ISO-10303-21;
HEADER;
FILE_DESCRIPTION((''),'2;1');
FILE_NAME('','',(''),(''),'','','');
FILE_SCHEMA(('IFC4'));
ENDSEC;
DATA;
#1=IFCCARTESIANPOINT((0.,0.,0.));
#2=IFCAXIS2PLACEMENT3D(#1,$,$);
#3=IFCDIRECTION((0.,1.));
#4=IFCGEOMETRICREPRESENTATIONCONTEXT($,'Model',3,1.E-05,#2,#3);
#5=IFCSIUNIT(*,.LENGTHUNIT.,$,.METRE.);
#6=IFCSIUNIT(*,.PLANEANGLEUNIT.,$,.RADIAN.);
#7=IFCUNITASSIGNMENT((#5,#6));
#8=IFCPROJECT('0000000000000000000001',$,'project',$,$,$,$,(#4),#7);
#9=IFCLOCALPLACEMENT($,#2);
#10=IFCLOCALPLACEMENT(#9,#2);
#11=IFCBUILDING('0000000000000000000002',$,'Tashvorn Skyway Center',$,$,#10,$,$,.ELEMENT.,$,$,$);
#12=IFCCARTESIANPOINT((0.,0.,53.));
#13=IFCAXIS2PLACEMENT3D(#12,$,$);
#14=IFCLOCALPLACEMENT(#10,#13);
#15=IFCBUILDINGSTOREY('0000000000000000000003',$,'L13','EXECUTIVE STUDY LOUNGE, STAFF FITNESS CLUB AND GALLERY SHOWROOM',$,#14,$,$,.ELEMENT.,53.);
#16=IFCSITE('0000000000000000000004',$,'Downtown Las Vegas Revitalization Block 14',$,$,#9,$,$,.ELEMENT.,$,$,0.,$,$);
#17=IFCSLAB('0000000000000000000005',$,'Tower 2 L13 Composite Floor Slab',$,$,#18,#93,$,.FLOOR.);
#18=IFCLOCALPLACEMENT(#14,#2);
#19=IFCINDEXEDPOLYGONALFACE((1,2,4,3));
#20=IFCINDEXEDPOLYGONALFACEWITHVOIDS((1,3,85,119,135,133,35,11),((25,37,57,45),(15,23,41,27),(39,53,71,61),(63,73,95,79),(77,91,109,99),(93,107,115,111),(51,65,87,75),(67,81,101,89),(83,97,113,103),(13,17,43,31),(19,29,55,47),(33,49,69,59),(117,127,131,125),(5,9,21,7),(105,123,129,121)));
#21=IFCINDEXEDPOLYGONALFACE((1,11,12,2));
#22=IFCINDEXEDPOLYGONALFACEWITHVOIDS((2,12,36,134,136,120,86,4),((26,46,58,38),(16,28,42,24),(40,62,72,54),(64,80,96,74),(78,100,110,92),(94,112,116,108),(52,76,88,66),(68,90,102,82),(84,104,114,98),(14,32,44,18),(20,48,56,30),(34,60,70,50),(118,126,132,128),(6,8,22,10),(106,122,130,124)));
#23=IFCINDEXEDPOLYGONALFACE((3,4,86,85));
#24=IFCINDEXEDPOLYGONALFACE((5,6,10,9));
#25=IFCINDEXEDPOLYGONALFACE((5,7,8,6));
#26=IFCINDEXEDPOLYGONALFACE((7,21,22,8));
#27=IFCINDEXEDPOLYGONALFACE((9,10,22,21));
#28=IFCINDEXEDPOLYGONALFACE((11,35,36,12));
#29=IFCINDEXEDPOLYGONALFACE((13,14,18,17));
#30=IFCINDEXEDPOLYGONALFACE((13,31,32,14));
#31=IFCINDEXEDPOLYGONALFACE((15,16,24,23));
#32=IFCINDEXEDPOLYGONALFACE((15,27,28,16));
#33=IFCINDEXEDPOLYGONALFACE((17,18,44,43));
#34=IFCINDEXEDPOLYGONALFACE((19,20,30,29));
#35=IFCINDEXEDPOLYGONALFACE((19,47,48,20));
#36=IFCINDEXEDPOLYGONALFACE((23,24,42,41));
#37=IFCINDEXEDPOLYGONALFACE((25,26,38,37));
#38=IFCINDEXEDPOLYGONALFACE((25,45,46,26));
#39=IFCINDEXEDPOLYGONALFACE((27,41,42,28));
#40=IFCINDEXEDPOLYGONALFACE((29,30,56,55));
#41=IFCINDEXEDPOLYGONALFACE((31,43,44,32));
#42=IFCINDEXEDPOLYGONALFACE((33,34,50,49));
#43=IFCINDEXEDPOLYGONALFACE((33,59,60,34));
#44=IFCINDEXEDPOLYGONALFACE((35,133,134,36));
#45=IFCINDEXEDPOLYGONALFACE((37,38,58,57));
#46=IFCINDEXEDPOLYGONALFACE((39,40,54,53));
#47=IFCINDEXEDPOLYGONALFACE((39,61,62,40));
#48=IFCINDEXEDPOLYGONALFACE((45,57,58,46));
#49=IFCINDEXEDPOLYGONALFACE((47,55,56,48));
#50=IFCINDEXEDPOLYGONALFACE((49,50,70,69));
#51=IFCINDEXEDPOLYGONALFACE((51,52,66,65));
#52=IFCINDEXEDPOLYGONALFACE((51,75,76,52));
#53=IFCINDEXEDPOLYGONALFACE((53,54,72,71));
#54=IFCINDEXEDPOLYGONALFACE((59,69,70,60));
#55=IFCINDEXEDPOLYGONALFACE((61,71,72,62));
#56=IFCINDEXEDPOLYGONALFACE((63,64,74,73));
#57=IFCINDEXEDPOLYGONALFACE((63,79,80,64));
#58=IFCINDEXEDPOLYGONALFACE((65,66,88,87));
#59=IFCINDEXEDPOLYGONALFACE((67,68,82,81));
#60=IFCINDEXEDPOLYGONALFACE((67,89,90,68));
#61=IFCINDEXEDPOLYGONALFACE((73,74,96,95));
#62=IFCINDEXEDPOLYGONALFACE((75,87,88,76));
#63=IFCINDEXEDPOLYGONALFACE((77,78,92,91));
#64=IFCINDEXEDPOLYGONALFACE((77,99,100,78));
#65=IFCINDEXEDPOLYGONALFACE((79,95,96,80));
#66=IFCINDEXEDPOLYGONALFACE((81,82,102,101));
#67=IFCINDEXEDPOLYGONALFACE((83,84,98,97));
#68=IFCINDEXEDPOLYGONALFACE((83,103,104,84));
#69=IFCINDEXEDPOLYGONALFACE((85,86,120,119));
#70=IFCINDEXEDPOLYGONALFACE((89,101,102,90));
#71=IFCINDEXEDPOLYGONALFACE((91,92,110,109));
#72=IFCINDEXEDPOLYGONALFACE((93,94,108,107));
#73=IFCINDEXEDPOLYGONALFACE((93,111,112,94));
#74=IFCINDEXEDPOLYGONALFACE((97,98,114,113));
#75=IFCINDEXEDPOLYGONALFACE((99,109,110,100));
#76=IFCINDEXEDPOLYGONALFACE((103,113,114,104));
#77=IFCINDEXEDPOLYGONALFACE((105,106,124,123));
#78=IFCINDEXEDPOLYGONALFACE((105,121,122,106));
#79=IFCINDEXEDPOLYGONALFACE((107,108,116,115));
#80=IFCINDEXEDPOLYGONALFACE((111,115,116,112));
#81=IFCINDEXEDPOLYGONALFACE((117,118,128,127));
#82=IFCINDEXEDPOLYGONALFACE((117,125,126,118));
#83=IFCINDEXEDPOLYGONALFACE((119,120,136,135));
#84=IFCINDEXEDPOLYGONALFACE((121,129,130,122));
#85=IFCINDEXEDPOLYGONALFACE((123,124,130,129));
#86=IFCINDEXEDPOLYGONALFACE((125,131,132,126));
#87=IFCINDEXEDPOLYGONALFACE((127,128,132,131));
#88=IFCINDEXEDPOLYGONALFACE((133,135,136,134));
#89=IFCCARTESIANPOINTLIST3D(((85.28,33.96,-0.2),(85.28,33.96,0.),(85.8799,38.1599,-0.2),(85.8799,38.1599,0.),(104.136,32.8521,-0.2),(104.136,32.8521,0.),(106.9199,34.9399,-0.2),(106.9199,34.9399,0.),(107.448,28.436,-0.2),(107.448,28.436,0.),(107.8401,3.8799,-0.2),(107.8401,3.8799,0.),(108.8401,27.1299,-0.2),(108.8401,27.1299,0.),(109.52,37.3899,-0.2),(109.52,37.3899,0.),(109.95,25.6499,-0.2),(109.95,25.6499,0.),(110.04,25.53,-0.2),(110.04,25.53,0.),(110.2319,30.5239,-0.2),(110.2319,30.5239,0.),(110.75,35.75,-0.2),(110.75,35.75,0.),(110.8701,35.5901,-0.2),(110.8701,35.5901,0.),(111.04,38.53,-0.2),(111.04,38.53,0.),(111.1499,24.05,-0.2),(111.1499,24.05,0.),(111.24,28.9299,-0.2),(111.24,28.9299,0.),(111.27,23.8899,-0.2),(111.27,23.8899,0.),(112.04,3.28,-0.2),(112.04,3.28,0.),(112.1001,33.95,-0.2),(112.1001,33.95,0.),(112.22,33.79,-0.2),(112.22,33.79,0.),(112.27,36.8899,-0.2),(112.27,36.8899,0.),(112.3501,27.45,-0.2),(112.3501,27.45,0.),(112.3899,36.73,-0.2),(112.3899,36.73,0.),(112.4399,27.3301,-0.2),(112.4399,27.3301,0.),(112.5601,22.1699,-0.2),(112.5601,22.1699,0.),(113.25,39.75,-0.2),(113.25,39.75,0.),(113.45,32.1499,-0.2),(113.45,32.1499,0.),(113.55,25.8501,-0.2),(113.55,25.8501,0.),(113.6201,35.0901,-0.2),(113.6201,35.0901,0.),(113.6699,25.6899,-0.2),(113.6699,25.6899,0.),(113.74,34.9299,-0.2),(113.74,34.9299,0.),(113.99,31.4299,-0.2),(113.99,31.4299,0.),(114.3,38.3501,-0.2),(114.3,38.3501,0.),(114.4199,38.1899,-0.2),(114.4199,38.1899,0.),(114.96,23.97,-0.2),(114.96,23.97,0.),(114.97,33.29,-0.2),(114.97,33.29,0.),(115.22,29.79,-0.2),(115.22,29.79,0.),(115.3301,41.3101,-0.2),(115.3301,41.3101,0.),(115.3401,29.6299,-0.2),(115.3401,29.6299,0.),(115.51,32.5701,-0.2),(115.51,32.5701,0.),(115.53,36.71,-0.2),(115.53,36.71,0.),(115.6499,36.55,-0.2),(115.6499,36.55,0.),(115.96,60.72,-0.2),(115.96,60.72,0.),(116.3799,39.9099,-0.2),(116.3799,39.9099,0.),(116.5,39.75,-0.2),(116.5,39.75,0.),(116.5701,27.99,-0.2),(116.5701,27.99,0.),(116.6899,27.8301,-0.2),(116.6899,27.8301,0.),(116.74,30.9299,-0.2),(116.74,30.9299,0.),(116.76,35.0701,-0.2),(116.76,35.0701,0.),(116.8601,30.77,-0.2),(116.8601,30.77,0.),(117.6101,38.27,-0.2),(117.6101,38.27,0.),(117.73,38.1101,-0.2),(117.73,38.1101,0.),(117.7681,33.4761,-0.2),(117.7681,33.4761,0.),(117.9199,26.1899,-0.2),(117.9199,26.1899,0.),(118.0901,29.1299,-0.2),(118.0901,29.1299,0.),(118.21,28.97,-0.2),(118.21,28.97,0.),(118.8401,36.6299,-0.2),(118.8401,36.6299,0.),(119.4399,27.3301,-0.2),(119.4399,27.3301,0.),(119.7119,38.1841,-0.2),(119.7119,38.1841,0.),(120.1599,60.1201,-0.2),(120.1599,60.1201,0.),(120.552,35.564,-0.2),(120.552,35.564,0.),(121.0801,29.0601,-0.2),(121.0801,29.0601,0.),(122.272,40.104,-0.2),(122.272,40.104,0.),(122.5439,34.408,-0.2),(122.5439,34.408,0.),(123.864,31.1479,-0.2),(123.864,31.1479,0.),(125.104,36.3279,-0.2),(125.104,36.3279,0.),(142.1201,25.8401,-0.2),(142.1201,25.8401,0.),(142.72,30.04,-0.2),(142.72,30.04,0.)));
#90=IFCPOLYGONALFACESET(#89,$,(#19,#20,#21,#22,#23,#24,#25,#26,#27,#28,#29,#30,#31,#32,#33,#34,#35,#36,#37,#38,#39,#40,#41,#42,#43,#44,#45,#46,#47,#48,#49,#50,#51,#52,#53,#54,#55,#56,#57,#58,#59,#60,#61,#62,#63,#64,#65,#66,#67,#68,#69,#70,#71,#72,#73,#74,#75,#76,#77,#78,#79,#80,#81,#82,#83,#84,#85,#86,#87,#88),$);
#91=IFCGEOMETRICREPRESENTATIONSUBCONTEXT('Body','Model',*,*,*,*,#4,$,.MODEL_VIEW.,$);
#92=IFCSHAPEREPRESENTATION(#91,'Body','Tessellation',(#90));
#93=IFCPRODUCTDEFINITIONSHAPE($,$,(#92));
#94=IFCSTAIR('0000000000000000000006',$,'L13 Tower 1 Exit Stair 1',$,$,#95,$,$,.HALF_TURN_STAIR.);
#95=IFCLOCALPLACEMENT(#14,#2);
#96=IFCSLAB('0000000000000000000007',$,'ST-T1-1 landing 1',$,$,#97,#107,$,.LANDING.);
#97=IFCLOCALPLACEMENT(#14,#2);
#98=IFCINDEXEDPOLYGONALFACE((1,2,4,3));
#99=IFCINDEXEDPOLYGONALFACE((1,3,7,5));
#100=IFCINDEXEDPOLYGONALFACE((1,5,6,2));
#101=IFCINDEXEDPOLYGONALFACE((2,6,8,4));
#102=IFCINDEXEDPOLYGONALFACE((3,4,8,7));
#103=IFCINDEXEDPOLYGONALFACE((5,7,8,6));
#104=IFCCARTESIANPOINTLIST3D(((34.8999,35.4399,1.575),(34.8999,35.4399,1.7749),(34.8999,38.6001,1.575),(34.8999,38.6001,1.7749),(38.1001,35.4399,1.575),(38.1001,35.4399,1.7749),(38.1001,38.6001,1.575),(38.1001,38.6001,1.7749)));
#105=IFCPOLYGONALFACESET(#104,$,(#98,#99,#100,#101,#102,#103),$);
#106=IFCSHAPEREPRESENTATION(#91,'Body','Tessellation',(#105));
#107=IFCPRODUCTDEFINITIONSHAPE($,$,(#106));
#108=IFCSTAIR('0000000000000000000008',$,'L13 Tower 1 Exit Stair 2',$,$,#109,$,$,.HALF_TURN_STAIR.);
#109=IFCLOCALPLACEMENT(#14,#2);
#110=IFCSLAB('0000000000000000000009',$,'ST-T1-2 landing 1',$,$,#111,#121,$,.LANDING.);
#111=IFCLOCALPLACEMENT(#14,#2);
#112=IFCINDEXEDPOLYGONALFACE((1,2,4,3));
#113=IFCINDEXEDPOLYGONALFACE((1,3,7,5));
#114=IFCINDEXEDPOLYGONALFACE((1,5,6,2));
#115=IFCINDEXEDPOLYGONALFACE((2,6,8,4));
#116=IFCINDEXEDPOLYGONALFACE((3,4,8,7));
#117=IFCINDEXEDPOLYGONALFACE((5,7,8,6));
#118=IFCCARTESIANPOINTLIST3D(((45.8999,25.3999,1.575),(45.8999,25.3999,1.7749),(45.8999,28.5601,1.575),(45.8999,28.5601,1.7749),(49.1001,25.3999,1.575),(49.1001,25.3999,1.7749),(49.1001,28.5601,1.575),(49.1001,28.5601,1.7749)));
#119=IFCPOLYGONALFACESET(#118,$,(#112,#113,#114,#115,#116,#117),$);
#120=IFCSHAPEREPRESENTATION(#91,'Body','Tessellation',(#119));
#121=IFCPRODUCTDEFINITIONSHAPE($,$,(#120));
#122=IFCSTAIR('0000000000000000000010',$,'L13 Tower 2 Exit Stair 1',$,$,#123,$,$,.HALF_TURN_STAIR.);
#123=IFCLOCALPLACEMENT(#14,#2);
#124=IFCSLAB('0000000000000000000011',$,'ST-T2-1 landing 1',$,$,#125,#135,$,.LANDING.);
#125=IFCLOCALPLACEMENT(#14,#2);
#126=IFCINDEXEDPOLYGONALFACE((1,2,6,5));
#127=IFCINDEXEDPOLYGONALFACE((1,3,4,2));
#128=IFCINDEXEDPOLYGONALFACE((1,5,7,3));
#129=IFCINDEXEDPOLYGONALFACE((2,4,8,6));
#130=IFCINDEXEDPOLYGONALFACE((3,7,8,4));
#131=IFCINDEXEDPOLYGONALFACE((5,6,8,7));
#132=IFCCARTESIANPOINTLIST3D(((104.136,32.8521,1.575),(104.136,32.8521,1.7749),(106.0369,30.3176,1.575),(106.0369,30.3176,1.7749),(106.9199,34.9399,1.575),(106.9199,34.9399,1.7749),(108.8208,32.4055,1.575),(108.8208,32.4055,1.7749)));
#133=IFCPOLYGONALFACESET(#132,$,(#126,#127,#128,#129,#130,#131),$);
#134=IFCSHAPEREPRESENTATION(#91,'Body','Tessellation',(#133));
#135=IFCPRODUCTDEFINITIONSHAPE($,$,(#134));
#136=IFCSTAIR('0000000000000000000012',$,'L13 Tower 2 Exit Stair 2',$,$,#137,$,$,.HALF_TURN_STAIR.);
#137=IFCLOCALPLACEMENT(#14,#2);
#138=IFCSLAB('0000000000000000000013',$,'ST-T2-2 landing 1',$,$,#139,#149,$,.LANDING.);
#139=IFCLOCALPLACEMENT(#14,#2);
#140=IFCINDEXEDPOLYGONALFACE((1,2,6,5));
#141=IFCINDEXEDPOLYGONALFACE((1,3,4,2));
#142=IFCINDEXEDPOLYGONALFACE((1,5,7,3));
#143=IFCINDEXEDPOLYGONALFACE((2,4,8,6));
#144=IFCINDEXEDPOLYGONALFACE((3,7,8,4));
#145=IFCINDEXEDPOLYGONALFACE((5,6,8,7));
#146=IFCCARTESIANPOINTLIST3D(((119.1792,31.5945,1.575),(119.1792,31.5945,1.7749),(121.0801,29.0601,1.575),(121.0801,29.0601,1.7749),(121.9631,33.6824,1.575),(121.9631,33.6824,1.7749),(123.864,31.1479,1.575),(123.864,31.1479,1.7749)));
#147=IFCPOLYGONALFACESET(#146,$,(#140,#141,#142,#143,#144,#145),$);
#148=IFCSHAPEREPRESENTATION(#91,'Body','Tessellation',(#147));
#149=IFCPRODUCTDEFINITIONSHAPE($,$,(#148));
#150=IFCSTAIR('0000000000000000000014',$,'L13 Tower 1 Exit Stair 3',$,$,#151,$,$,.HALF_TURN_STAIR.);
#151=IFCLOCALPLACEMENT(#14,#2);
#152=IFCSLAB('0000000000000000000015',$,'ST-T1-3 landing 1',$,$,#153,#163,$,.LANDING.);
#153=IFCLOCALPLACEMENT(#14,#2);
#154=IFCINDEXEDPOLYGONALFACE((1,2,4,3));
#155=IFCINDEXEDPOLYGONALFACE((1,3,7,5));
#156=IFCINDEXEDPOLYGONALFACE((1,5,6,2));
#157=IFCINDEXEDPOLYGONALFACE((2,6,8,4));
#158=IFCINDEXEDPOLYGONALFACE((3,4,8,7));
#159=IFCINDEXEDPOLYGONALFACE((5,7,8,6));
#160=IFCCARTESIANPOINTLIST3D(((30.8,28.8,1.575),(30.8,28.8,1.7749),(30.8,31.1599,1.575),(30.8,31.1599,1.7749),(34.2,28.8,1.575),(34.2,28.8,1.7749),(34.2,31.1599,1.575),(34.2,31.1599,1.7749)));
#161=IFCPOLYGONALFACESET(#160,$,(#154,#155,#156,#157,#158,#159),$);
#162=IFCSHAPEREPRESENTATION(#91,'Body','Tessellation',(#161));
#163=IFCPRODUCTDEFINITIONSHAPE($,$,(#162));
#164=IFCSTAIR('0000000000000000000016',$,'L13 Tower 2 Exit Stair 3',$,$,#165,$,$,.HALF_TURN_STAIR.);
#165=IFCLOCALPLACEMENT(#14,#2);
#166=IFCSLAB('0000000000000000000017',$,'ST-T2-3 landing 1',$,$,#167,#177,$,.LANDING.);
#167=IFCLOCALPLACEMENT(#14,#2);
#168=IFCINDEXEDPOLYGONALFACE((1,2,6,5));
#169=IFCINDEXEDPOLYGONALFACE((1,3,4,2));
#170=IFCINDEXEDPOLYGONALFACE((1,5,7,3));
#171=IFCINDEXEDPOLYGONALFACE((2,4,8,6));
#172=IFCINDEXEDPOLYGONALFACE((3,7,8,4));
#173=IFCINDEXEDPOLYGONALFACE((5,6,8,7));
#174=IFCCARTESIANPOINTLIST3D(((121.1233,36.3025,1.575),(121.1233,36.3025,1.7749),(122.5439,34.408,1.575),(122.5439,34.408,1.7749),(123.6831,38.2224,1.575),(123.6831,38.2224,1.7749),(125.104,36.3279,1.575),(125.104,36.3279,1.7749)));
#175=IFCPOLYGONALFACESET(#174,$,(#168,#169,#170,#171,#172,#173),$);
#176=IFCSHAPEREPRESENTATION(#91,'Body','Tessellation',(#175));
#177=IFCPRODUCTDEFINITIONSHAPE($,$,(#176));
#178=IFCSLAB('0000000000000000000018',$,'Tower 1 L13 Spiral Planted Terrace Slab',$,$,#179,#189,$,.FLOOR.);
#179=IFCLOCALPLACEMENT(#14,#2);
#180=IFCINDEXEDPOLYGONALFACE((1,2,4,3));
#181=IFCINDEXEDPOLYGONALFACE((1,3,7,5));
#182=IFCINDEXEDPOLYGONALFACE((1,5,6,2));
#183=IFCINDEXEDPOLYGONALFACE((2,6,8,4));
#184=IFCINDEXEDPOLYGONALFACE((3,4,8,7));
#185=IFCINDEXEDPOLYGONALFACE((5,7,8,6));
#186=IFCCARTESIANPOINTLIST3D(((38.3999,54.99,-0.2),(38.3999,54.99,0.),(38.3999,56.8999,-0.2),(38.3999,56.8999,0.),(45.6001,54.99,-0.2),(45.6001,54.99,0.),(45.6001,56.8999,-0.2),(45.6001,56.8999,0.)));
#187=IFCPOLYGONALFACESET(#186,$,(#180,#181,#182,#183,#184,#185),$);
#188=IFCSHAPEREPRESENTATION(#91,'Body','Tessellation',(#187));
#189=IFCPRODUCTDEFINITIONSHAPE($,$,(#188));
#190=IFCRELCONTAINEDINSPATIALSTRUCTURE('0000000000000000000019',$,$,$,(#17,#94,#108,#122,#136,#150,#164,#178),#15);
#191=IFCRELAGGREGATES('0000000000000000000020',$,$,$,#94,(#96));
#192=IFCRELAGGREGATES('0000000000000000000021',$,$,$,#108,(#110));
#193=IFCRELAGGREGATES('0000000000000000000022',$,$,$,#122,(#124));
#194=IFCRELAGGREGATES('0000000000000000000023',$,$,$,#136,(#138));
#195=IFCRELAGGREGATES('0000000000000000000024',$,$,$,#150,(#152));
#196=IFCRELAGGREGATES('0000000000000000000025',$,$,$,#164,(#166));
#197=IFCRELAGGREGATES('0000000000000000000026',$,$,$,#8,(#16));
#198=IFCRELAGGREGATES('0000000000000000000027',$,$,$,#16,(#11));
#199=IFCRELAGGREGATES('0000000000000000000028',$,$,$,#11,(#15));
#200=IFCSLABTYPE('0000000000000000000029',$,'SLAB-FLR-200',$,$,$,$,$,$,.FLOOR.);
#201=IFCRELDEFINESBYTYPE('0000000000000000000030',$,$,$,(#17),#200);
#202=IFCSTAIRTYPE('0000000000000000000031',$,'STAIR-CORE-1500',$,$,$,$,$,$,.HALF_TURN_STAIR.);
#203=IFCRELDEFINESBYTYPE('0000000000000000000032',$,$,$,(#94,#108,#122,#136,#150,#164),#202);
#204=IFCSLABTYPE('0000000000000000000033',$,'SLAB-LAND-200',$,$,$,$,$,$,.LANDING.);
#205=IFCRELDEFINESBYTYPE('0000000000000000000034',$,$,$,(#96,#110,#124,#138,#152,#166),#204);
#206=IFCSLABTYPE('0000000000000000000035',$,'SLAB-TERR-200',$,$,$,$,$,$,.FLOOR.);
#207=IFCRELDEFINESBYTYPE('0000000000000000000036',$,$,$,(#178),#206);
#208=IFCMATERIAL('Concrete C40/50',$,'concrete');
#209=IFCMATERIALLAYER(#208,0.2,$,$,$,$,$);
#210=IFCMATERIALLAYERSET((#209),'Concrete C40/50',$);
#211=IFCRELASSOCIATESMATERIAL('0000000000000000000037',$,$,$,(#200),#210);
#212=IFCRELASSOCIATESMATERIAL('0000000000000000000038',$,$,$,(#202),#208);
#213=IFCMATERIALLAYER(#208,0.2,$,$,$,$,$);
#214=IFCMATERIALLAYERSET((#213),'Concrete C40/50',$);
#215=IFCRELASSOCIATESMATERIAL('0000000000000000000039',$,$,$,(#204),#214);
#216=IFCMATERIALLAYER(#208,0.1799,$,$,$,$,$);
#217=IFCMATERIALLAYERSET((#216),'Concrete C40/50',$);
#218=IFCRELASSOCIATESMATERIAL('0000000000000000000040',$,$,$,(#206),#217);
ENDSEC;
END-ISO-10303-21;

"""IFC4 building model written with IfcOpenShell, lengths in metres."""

from ifc_helpers import new_model, si_unit, direction, frame, origin, place, context, subcontext, project, spatial, polyline, outline, extrude, material, layer, layer_set, type_object, element, aggregate, save


model = new_model("IFC4")

# Units and contexts
model_context = context("Model", 3, precision=1e-05, world=origin(), true_north=direction((0.0, 1.0)))
body_context = subcontext(model_context, "Body", "Model", "MODEL_VIEW")
ifc_project = project(units=[si_unit("LENGTHUNIT", "METRE"), si_unit("PLANEANGLEUNIT", "RADIAN")], contexts=[model_context])

# Site, building, storey
site_placement = place(None, origin())
site = spatial("IfcSite", under=ifc_project, at=site_placement, Name="Downtown Las Vegas Revitalization Block 14", CompositionType="ELEMENT", RefElevation=0.0)
building_placement = place(site_placement, origin())
building = spatial("IfcBuilding", under=site, at=building_placement, Name="Tashvorn Skyway Center", CompositionType="ELEMENT")
storey_placement = place(building_placement, frame((0.0, 0.0, 53.0)))
storey = spatial("IfcBuildingStorey", under=building, at=storey_placement, Name="L13", Description="EXECUTIVE STUDY LOUNGE, STAFF FITNESS CLUB AND GALLERY SHOWROOM", CompositionType="ELEMENT", Elevation=53.0)

# Slab
ifc_material_1 = material(Name="Concrete C40/50", Category="concrete")
ifc_layer_1 = layer(ifc_material_1, 0.2)
ifc_layer_set_1 = layer_set([ifc_layer_1], Name="Concrete C40/50")
slab_type_1 = type_object("IfcSlabType", Name="SLAB-FLR-200", PredefinedType="FLOOR", material=ifc_layer_set_1)
slab_1_placement = place(storey_placement, frame((0.0, 0.0, -0.2)))
element("IfcSlab", 1, at=slab_1_placement, inside=storey, type_object=slab_type_1, Name="Tower 2 L13 Composite Floor Slab", PredefinedType="FLOOR", context=body_context, shape_type="SweptSolid", body=[
    extrude(outline(polyline([(112.04, 3.28), (142.1201, 25.8401), (142.72, 30.04), (120.1599, 60.1201), (115.96, 60.72), (85.8799, 38.1599), (85.28, 33.96), (107.8401, 3.8799), (112.04, 3.28)]), holes=[polyline([(110.2319, 30.5239), (106.9199, 34.9399), (104.136, 32.8521), (107.448, 28.436), (110.2319, 30.5239)]), polyline([(117.7681, 33.4761), (121.0801, 29.0601), (123.864, 31.1479), (120.552, 35.564), (117.7681, 33.4761)]), polyline([(119.7119, 38.1841), (122.5439, 34.408), (125.104, 36.3279), (122.272, 40.104), (119.7119, 38.1841)]), polyline([(109.95, 25.6499), (112.3501, 27.45), (111.24, 28.9299), (108.8401, 27.1299), (109.95, 25.6499)]), polyline([(111.1499, 24.05), (113.55, 25.8501), (112.4399, 27.3301), (110.04, 25.53), (111.1499, 24.05)]), polyline([(112.5601, 22.1699), (114.96, 23.97), (113.6699, 25.6899), (111.27, 23.8899), (112.5601, 22.1699)]), polyline([(117.9199, 26.1899), (119.4399, 27.3301), (118.21, 28.97), (116.6899, 27.8301), (117.9199, 26.1899)]), polyline([(116.5701, 27.99), (118.0901, 29.1299), (116.8601, 30.77), (115.3401, 29.6299), (116.5701, 27.99)]), polyline([(115.22, 29.79), (116.74, 30.9299), (115.51, 32.5701), (113.99, 31.4299), (115.22, 29.79)]), polyline([(113.45, 32.1499), (114.97, 33.29), (113.74, 34.9299), (112.22, 33.79), (113.45, 32.1499)]), polyline([(112.1001, 33.95), (113.6201, 35.0901), (112.3899, 36.73), (110.8701, 35.5901), (112.1001, 33.95)]), polyline([(110.75, 35.75), (112.27, 36.8899), (111.04, 38.53), (109.52, 37.3899), (110.75, 35.75)]), polyline([(116.76, 35.0701), (118.8401, 36.6299), (117.73, 38.1101), (115.6499, 36.55), (116.76, 35.0701)]), polyline([(115.53, 36.71), (117.6101, 38.27), (116.5, 39.75), (114.4199, 38.1899), (115.53, 36.71)]), polyline([(114.3, 38.3501), (116.3799, 39.9099), (115.3301, 41.3101), (113.25, 39.75), (114.3, 38.3501)])]), origin(), (0.0, 0.0, 1.0), 0.2),
])

# Stairs, slabs
stair_type = type_object("IfcStairType", Name="STAIR-CORE-1500", PredefinedType="HALF_TURN_STAIR", material=ifc_material_1)
stair_1_placement = place(storey_placement, origin())
stair_1 = element("IfcStair", 2, at=stair_1_placement, inside=storey, type_object=stair_type, Name="L13 Tower 1 Exit Stair 1", PredefinedType="HALF_TURN_STAIR")
ifc_layer_2 = layer(ifc_material_1, 0.2)
ifc_layer_set_2 = layer_set([ifc_layer_2], Name="Concrete C40/50")
slab_type_2 = type_object("IfcSlabType", Name="SLAB-LAND-200", PredefinedType="LANDING", material=ifc_layer_set_2)
slab_2_placement = place(storey_placement, frame((0.0, 0.0, 1.575)))
slab_2 = element("IfcSlab", 3, at=slab_2_placement, type_object=slab_type_2, Name="ST-T1-1 landing 1", PredefinedType="LANDING", context=body_context, shape_type="SweptSolid", body=[
    extrude(outline(polyline([(38.1001, 35.4399), (38.1001, 38.6001), (34.8999, 38.6001), (34.8999, 35.4399), (38.1001, 35.4399)])), origin(), (0.0, 0.0, 1.0), 0.2),
])
aggregate(stair_1, [slab_2])
stair_2_placement = place(storey_placement, origin())
stair_2 = element("IfcStair", 4, at=stair_2_placement, inside=storey, type_object=stair_type, Name="L13 Tower 1 Exit Stair 2", PredefinedType="HALF_TURN_STAIR")
slab_3_placement = place(storey_placement, frame((0.0, 0.0, 1.575)))
slab_3 = element("IfcSlab", 5, at=slab_3_placement, type_object=slab_type_2, Name="ST-T1-2 landing 1", PredefinedType="LANDING", context=body_context, shape_type="SweptSolid", body=[
    extrude(outline(polyline([(45.8999, 28.5601), (45.8999, 25.3999), (49.1001, 25.3999), (49.1001, 28.5601), (45.8999, 28.5601)])), origin(), (0.0, 0.0, 1.0), 0.2),
])
aggregate(stair_2, [slab_3])
stair_3_placement = place(storey_placement, origin())
stair_3 = element("IfcStair", 6, at=stair_3_placement, inside=storey, type_object=stair_type, Name="L13 Tower 2 Exit Stair 1", PredefinedType="HALF_TURN_STAIR")
slab_4_placement = place(storey_placement, frame((0.0, 0.0, 1.575)))
slab_4 = element("IfcSlab", 7, at=slab_4_placement, type_object=slab_type_2, Name="ST-T2-1 landing 1", PredefinedType="LANDING", context=body_context, shape_type="SweptSolid", body=[
    extrude(outline(polyline([(108.8208, 32.4055), (106.9199, 34.9399), (104.136, 32.8521), (106.0369, 30.3176), (108.8208, 32.4055)])), origin(), (0.0, 0.0, 1.0), 0.2),
])
aggregate(stair_3, [slab_4])
stair_4_placement = place(storey_placement, origin())
stair_4 = element("IfcStair", 8, at=stair_4_placement, inside=storey, type_object=stair_type, Name="L13 Tower 2 Exit Stair 2", PredefinedType="HALF_TURN_STAIR")
slab_5_placement = place(storey_placement, frame((0.0, 0.0, 1.575)))
slab_5 = element("IfcSlab", 9, at=slab_5_placement, type_object=slab_type_2, Name="ST-T2-2 landing 1", PredefinedType="LANDING", context=body_context, shape_type="SweptSolid", body=[
    extrude(outline(polyline([(119.1792, 31.5945), (121.0801, 29.0601), (123.864, 31.1479), (121.9631, 33.6824), (119.1792, 31.5945)])), origin(), (0.0, 0.0, 1.0), 0.2),
])
aggregate(stair_4, [slab_5])
stair_5_placement = place(storey_placement, origin())
stair_5 = element("IfcStair", 10, at=stair_5_placement, inside=storey, type_object=stair_type, Name="L13 Tower 1 Exit Stair 3", PredefinedType="HALF_TURN_STAIR")
slab_6_placement = place(storey_placement, frame((0.0, 0.0, 1.575)))
slab_6 = element("IfcSlab", 11, at=slab_6_placement, type_object=slab_type_2, Name="ST-T1-3 landing 1", PredefinedType="LANDING", context=body_context, shape_type="SweptSolid", body=[
    extrude(outline(polyline([(30.8, 31.1599), (30.8, 28.8), (34.2, 28.8), (34.2, 31.1599), (30.8, 31.1599)])), origin(), (0.0, 0.0, 1.0), 0.2),
])
aggregate(stair_5, [slab_6])
stair_6_placement = place(storey_placement, origin())
stair_6 = element("IfcStair", 12, at=stair_6_placement, inside=storey, type_object=stair_type, Name="L13 Tower 2 Exit Stair 3", PredefinedType="HALF_TURN_STAIR")
slab_7_placement = place(storey_placement, frame((0.0, 0.0, 1.575)))
slab_7 = element("IfcSlab", 13, at=slab_7_placement, type_object=slab_type_2, Name="ST-T2-3 landing 1", PredefinedType="LANDING", context=body_context, shape_type="SweptSolid", body=[
    extrude(outline(polyline([(121.1233, 36.3025), (122.5439, 34.408), (125.104, 36.3279), (123.6831, 38.2224), (121.1233, 36.3025)])), origin(), (0.0, 0.0, 1.0), 0.2),
])
aggregate(stair_6, [slab_7])

# Slab
ifc_layer_3 = layer(ifc_material_1, 0.1799)
ifc_layer_set_3 = layer_set([ifc_layer_3], Name="Concrete C40/50")
slab_type_3 = type_object("IfcSlabType", Name="SLAB-TERR-200", PredefinedType="FLOOR", material=ifc_layer_set_3)
slab_8_placement = place(storey_placement, frame((0.0, 0.0, -0.2)))
element("IfcSlab", 14, at=slab_8_placement, inside=storey, type_object=slab_type_3, Name="Tower 1 L13 Spiral Planted Terrace Slab", PredefinedType="FLOOR", context=body_context, shape_type="SweptSolid", body=[
    extrude(outline(polyline([(38.3999, 54.99), (45.6001, 54.99), (45.6001, 56.8999), (38.3999, 56.8999), (38.3999, 54.99)])), origin(), (0.0, 0.0, 1.0), 0.2),
])

save(model, "model.ifc")
